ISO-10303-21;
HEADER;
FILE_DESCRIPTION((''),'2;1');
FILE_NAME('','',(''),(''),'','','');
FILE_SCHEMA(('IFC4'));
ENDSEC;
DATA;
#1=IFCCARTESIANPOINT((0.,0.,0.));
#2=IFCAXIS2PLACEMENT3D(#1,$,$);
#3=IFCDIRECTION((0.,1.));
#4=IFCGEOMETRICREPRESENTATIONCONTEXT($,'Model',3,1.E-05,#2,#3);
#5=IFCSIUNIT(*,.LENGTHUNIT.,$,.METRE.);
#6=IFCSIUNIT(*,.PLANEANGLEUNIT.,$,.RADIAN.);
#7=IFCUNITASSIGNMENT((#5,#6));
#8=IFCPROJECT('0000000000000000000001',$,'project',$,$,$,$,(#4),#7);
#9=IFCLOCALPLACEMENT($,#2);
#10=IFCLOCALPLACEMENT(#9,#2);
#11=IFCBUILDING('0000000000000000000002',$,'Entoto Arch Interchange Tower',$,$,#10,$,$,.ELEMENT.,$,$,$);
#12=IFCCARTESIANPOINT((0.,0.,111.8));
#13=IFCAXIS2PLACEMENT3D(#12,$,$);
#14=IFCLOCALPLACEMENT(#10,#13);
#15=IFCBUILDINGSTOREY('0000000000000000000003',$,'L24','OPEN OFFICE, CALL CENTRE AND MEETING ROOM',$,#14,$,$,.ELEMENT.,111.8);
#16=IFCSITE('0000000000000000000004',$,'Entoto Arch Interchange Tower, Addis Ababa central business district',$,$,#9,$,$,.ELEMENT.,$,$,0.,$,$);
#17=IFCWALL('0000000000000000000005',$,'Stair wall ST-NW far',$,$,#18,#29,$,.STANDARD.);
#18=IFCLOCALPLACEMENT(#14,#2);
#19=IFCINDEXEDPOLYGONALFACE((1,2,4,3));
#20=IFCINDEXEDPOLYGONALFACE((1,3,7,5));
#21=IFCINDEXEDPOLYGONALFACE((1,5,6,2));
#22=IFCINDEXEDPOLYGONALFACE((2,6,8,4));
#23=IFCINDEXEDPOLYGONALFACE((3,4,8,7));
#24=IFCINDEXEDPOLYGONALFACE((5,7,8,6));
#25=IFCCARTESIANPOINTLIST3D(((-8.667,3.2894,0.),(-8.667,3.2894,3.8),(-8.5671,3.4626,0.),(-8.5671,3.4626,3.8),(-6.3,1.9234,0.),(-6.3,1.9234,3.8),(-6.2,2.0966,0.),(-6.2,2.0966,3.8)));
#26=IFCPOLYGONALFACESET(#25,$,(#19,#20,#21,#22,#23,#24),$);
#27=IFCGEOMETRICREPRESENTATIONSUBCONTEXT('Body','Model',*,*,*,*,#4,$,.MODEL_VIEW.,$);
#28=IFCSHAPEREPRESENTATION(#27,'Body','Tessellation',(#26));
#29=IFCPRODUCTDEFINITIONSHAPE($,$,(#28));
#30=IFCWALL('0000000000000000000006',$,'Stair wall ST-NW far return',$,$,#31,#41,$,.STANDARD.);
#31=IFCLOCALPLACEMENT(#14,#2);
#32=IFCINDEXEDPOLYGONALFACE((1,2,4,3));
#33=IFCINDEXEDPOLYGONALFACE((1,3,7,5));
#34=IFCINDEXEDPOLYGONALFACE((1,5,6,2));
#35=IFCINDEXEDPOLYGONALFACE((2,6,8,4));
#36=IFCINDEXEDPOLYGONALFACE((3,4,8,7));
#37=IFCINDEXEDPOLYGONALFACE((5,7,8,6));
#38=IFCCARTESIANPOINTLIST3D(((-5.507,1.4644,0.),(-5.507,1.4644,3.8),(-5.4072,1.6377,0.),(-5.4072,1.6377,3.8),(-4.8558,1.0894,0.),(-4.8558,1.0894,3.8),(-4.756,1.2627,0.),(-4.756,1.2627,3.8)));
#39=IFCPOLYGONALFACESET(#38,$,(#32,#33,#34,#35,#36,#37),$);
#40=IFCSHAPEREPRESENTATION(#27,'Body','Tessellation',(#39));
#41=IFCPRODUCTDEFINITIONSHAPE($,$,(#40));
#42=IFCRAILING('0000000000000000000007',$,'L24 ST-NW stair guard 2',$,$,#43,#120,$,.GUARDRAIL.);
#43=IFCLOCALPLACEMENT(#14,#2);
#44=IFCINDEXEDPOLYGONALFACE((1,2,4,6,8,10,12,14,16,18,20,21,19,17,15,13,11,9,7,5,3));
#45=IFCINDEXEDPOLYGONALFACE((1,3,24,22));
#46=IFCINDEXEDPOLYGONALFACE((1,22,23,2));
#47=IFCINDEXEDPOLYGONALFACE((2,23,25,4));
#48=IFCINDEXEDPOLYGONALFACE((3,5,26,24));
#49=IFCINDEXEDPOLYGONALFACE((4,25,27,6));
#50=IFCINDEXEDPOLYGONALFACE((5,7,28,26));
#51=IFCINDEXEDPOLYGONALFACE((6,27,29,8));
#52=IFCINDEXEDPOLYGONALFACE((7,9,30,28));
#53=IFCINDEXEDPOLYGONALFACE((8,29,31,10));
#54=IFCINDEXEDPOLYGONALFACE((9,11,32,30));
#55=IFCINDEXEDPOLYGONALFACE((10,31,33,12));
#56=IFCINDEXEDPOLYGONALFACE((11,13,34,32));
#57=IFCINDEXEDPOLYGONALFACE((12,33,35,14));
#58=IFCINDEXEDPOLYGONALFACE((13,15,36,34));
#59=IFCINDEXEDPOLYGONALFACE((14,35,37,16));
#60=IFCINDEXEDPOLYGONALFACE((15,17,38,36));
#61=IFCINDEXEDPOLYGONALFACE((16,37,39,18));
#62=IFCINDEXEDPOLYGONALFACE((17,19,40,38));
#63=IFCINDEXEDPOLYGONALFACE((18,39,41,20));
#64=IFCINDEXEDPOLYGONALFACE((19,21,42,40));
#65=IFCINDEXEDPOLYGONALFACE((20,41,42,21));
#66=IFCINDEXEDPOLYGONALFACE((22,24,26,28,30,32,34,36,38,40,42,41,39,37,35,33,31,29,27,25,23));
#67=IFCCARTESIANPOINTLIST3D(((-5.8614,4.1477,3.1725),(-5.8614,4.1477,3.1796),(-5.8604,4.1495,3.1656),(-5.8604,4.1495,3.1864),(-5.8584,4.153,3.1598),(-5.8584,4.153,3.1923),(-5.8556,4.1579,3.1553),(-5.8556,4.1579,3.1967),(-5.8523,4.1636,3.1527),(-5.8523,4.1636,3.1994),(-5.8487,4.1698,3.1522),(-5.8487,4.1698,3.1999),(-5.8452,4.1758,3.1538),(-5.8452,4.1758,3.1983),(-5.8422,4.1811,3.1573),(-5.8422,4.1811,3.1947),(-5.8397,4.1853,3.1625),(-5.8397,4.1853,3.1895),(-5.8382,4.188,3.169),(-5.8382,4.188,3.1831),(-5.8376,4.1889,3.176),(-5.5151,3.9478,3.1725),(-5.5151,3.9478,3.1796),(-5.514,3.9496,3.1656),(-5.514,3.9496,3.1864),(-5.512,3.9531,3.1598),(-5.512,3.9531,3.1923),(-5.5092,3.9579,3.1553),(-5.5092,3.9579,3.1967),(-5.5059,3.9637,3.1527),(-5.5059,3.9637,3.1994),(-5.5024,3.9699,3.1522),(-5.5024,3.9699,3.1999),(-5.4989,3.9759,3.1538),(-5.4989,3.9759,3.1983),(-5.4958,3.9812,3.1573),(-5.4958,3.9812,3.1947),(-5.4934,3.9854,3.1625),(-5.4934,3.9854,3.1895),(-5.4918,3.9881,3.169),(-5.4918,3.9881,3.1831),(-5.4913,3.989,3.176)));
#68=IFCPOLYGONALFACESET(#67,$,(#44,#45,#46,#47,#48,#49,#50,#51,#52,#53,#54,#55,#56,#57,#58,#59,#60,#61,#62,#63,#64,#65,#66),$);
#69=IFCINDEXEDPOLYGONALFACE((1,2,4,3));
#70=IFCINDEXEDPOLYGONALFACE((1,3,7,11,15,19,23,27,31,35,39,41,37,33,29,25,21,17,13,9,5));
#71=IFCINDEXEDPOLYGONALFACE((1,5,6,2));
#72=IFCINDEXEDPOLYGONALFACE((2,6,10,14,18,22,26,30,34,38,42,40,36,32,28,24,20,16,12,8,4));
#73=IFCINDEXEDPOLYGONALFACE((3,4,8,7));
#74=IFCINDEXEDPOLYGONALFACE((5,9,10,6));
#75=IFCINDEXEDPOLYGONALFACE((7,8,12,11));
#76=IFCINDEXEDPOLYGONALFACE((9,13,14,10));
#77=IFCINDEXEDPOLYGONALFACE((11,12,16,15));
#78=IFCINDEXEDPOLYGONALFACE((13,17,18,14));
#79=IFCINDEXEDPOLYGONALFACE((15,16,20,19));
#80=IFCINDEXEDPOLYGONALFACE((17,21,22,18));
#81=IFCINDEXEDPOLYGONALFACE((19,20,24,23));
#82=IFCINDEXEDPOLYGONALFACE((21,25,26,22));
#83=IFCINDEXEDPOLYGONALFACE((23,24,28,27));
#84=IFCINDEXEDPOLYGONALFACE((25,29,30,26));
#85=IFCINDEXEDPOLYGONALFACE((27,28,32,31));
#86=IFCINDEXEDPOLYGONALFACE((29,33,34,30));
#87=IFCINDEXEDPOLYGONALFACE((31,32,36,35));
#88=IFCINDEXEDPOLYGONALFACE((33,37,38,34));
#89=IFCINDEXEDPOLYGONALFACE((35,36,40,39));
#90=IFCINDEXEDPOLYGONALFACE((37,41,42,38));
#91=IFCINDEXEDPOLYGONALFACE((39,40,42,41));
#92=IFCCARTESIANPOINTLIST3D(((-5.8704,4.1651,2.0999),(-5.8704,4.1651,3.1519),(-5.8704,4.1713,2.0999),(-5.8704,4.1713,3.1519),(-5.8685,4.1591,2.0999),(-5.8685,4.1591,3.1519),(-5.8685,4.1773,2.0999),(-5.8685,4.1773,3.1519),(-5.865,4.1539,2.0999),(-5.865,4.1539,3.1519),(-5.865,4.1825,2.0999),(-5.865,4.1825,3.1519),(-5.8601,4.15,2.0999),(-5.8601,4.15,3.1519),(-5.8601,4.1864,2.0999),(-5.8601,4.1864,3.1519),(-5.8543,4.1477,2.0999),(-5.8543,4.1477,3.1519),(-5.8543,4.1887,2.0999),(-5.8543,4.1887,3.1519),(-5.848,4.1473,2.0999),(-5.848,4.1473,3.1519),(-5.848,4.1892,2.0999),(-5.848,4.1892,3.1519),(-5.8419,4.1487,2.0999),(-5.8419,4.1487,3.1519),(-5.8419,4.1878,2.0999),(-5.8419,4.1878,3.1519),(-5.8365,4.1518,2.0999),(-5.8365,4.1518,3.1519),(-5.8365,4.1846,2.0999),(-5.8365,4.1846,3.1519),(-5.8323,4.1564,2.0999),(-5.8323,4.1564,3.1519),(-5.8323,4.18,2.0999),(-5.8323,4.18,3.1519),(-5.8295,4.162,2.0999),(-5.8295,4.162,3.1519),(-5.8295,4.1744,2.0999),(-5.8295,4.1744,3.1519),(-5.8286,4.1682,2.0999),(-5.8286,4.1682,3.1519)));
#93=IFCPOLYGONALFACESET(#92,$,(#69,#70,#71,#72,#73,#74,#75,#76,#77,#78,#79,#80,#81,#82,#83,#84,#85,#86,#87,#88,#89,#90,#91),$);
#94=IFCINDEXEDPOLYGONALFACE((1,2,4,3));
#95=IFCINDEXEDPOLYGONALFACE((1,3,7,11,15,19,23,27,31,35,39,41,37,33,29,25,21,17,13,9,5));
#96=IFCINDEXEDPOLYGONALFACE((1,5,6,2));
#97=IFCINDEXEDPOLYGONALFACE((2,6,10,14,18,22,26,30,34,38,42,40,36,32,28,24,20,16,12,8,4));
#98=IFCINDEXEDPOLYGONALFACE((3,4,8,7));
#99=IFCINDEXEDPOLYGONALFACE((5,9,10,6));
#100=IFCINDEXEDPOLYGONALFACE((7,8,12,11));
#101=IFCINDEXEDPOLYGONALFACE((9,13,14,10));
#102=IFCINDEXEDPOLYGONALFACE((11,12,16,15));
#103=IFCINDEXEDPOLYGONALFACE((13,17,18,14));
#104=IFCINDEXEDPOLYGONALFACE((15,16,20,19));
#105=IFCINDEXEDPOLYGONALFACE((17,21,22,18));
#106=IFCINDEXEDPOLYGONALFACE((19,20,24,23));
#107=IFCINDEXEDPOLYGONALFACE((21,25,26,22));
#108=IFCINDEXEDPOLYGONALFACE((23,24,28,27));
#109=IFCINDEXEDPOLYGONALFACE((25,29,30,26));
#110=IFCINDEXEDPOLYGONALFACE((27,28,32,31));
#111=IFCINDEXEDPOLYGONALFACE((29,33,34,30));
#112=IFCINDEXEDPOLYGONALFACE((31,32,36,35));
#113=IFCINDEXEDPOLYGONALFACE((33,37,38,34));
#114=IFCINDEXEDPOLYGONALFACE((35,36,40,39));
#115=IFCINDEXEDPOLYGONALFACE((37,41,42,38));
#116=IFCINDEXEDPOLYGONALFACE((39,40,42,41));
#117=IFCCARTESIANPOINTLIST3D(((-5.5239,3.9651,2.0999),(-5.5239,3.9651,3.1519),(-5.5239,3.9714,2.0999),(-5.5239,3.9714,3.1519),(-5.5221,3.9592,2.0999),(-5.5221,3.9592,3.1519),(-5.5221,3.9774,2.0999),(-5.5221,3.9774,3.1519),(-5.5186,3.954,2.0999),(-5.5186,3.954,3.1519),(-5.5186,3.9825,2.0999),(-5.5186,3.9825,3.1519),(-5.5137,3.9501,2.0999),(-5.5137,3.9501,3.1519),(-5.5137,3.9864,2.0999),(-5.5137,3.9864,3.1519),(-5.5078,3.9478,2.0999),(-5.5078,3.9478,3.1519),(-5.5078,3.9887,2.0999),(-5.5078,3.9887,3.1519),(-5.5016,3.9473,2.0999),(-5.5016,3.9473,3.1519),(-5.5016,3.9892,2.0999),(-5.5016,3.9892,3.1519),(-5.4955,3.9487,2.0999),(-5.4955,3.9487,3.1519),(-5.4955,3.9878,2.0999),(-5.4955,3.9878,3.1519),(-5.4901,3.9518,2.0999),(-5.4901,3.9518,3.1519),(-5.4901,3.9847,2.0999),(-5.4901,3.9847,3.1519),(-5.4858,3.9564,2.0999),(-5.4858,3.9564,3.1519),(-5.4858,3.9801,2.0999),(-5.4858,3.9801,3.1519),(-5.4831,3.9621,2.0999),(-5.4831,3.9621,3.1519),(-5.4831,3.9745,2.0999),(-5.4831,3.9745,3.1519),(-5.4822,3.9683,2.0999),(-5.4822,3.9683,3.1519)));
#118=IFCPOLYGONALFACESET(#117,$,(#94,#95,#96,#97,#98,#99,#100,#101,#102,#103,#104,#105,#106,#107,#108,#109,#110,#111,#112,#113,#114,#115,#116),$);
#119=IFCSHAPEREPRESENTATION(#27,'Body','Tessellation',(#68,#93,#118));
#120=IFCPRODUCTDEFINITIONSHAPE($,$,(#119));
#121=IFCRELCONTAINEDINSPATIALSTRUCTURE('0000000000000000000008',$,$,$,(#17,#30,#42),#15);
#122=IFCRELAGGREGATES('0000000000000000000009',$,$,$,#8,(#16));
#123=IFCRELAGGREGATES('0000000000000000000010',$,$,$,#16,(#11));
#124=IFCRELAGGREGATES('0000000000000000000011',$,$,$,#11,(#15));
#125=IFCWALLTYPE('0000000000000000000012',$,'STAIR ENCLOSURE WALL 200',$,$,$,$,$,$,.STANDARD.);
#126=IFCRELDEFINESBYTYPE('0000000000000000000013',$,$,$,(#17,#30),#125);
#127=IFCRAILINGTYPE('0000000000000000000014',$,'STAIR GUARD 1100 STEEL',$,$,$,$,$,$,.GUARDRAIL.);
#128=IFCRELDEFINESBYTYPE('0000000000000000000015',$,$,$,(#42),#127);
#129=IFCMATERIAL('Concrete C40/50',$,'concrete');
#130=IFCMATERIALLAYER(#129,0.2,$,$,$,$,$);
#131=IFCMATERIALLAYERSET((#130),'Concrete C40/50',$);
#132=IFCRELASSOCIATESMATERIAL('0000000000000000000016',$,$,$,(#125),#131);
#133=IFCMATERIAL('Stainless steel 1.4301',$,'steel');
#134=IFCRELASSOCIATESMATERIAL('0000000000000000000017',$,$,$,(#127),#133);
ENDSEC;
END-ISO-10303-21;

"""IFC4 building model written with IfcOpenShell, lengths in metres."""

from ifc_helpers import new_model, si_unit, direction, frame, frame_2d, origin, origin_2d, place, context, subcontext, project, spatial, rectangle, circle, extrude, material, layer, layer_set, type_object, element, save


model = new_model("IFC4")

# Units and contexts
model_context = context("Model", 3, precision=1e-05, world=origin(), true_north=direction((0.0, 1.0)))
body_context = subcontext(model_context, "Body", "Model", "MODEL_VIEW")
ifc_project = project(units=[si_unit("LENGTHUNIT", "METRE"), si_unit("PLANEANGLEUNIT", "RADIAN")], contexts=[model_context])

# Site, building, storey
site_placement = place(None, origin())
site = spatial("IfcSite", under=ifc_project, at=site_placement, Name="Entoto Arch Interchange Tower, Addis Ababa central business district", CompositionType="ELEMENT", RefElevation=0.0)
building_placement = place(site_placement, origin())
building = spatial("IfcBuilding", under=site, at=building_placement, Name="Entoto Arch Interchange Tower", CompositionType="ELEMENT")
storey_placement = place(building_placement, frame((0.0, 0.0, 111.8)))
storey = spatial("IfcBuildingStorey", under=building, at=storey_placement, Name="L24", Description="OPEN OFFICE, CALL CENTRE AND MEETING ROOM", CompositionType="ELEMENT", Elevation=111.8)

# Shared definitions
ifc_material_1 = material(Name="Concrete C40/50", Category="concrete")

# Walls
ifc_layer_1 = layer(ifc_material_1, 0.2)
ifc_layer_set_1 = layer_set([ifc_layer_1], Name="Concrete C40/50")
wall_type_1 = type_object("IfcWallType", Name="STAIR ENCLOSURE WALL 200", PredefinedType="STANDARD", material=ifc_layer_set_1)
wall_1_placement = place(storey_placement, frame((-6.25, 2.01, 0.0), z_axis=(0.0, 0.0, 1.0), x_axis=(-0.866119, 0.499838, 0.0)))
element("IfcWall", 1, at=wall_1_placement, inside=storey, type_object=wall_type_1, Name="Stair wall ST-NW far", PredefinedType="STANDARD", context=body_context, shape_type="SweptSolid", body=[
    extrude(rectangle(XDim=2.7329, YDim=0.2, at=frame_2d((1.3665, 0.0))), origin(), (0.0, 0.0, 1.0), 3.8),
])
wall_2_placement = place(storey_placement, frame((-4.8059, 1.176, 0.0), z_axis=(0.0, 0.0, 1.0), x_axis=(-0.866559, 0.499075, 0.0)))
element("IfcWall", 2, at=wall_2_placement, inside=storey, type_object=wall_type_1, Name="Stair wall ST-NW far return", PredefinedType="STANDARD", context=body_context, shape_type="SweptSolid", body=[
    extrude(rectangle(XDim=0.7515, YDim=0.2, at=frame_2d((0.3757, 0.0))), origin(), (0.0, 0.0, 1.0), 3.8),
])

# Railing
ifc_material_2 = material(Name="Stainless steel 1.4301", Category="steel")
railing_type = type_object("IfcRailingType", Name="STAIR GUARD 1100 STEEL", PredefinedType="GUARDRAIL", material=ifc_material_2)
railing_1_placement = place(storey_placement, frame((-5.8496, 4.1682, 2.0999)))
element("IfcRailing", 3, at=railing_1_placement, inside=storey, type_object=railing_type, Name="L24 ST-NW stair guard 2", PredefinedType="GUARDRAIL", context=body_context, shape_type="SweptSolid", body=[
    extrude(circle(Radius=0.0239, at=origin_2d()), frame((0.0, 0.0, 1.0762), z_axis=(0.866094, -0.499881, 0.0), x_axis=(0.499881, 0.866094, 0.0)), (0.0, 0.0, 1.0), 0.3999),
    extrude(circle(Radius=0.021, at=origin_2d()), origin(), (0.0, 0.0, 1.0), 1.052),
    extrude(circle(Radius=0.021, at=origin_2d()), frame((0.3464, -0.2, 0.0)), (0.0, 0.0, 1.0), 1.052),
])

save(model, "model.ifc")
